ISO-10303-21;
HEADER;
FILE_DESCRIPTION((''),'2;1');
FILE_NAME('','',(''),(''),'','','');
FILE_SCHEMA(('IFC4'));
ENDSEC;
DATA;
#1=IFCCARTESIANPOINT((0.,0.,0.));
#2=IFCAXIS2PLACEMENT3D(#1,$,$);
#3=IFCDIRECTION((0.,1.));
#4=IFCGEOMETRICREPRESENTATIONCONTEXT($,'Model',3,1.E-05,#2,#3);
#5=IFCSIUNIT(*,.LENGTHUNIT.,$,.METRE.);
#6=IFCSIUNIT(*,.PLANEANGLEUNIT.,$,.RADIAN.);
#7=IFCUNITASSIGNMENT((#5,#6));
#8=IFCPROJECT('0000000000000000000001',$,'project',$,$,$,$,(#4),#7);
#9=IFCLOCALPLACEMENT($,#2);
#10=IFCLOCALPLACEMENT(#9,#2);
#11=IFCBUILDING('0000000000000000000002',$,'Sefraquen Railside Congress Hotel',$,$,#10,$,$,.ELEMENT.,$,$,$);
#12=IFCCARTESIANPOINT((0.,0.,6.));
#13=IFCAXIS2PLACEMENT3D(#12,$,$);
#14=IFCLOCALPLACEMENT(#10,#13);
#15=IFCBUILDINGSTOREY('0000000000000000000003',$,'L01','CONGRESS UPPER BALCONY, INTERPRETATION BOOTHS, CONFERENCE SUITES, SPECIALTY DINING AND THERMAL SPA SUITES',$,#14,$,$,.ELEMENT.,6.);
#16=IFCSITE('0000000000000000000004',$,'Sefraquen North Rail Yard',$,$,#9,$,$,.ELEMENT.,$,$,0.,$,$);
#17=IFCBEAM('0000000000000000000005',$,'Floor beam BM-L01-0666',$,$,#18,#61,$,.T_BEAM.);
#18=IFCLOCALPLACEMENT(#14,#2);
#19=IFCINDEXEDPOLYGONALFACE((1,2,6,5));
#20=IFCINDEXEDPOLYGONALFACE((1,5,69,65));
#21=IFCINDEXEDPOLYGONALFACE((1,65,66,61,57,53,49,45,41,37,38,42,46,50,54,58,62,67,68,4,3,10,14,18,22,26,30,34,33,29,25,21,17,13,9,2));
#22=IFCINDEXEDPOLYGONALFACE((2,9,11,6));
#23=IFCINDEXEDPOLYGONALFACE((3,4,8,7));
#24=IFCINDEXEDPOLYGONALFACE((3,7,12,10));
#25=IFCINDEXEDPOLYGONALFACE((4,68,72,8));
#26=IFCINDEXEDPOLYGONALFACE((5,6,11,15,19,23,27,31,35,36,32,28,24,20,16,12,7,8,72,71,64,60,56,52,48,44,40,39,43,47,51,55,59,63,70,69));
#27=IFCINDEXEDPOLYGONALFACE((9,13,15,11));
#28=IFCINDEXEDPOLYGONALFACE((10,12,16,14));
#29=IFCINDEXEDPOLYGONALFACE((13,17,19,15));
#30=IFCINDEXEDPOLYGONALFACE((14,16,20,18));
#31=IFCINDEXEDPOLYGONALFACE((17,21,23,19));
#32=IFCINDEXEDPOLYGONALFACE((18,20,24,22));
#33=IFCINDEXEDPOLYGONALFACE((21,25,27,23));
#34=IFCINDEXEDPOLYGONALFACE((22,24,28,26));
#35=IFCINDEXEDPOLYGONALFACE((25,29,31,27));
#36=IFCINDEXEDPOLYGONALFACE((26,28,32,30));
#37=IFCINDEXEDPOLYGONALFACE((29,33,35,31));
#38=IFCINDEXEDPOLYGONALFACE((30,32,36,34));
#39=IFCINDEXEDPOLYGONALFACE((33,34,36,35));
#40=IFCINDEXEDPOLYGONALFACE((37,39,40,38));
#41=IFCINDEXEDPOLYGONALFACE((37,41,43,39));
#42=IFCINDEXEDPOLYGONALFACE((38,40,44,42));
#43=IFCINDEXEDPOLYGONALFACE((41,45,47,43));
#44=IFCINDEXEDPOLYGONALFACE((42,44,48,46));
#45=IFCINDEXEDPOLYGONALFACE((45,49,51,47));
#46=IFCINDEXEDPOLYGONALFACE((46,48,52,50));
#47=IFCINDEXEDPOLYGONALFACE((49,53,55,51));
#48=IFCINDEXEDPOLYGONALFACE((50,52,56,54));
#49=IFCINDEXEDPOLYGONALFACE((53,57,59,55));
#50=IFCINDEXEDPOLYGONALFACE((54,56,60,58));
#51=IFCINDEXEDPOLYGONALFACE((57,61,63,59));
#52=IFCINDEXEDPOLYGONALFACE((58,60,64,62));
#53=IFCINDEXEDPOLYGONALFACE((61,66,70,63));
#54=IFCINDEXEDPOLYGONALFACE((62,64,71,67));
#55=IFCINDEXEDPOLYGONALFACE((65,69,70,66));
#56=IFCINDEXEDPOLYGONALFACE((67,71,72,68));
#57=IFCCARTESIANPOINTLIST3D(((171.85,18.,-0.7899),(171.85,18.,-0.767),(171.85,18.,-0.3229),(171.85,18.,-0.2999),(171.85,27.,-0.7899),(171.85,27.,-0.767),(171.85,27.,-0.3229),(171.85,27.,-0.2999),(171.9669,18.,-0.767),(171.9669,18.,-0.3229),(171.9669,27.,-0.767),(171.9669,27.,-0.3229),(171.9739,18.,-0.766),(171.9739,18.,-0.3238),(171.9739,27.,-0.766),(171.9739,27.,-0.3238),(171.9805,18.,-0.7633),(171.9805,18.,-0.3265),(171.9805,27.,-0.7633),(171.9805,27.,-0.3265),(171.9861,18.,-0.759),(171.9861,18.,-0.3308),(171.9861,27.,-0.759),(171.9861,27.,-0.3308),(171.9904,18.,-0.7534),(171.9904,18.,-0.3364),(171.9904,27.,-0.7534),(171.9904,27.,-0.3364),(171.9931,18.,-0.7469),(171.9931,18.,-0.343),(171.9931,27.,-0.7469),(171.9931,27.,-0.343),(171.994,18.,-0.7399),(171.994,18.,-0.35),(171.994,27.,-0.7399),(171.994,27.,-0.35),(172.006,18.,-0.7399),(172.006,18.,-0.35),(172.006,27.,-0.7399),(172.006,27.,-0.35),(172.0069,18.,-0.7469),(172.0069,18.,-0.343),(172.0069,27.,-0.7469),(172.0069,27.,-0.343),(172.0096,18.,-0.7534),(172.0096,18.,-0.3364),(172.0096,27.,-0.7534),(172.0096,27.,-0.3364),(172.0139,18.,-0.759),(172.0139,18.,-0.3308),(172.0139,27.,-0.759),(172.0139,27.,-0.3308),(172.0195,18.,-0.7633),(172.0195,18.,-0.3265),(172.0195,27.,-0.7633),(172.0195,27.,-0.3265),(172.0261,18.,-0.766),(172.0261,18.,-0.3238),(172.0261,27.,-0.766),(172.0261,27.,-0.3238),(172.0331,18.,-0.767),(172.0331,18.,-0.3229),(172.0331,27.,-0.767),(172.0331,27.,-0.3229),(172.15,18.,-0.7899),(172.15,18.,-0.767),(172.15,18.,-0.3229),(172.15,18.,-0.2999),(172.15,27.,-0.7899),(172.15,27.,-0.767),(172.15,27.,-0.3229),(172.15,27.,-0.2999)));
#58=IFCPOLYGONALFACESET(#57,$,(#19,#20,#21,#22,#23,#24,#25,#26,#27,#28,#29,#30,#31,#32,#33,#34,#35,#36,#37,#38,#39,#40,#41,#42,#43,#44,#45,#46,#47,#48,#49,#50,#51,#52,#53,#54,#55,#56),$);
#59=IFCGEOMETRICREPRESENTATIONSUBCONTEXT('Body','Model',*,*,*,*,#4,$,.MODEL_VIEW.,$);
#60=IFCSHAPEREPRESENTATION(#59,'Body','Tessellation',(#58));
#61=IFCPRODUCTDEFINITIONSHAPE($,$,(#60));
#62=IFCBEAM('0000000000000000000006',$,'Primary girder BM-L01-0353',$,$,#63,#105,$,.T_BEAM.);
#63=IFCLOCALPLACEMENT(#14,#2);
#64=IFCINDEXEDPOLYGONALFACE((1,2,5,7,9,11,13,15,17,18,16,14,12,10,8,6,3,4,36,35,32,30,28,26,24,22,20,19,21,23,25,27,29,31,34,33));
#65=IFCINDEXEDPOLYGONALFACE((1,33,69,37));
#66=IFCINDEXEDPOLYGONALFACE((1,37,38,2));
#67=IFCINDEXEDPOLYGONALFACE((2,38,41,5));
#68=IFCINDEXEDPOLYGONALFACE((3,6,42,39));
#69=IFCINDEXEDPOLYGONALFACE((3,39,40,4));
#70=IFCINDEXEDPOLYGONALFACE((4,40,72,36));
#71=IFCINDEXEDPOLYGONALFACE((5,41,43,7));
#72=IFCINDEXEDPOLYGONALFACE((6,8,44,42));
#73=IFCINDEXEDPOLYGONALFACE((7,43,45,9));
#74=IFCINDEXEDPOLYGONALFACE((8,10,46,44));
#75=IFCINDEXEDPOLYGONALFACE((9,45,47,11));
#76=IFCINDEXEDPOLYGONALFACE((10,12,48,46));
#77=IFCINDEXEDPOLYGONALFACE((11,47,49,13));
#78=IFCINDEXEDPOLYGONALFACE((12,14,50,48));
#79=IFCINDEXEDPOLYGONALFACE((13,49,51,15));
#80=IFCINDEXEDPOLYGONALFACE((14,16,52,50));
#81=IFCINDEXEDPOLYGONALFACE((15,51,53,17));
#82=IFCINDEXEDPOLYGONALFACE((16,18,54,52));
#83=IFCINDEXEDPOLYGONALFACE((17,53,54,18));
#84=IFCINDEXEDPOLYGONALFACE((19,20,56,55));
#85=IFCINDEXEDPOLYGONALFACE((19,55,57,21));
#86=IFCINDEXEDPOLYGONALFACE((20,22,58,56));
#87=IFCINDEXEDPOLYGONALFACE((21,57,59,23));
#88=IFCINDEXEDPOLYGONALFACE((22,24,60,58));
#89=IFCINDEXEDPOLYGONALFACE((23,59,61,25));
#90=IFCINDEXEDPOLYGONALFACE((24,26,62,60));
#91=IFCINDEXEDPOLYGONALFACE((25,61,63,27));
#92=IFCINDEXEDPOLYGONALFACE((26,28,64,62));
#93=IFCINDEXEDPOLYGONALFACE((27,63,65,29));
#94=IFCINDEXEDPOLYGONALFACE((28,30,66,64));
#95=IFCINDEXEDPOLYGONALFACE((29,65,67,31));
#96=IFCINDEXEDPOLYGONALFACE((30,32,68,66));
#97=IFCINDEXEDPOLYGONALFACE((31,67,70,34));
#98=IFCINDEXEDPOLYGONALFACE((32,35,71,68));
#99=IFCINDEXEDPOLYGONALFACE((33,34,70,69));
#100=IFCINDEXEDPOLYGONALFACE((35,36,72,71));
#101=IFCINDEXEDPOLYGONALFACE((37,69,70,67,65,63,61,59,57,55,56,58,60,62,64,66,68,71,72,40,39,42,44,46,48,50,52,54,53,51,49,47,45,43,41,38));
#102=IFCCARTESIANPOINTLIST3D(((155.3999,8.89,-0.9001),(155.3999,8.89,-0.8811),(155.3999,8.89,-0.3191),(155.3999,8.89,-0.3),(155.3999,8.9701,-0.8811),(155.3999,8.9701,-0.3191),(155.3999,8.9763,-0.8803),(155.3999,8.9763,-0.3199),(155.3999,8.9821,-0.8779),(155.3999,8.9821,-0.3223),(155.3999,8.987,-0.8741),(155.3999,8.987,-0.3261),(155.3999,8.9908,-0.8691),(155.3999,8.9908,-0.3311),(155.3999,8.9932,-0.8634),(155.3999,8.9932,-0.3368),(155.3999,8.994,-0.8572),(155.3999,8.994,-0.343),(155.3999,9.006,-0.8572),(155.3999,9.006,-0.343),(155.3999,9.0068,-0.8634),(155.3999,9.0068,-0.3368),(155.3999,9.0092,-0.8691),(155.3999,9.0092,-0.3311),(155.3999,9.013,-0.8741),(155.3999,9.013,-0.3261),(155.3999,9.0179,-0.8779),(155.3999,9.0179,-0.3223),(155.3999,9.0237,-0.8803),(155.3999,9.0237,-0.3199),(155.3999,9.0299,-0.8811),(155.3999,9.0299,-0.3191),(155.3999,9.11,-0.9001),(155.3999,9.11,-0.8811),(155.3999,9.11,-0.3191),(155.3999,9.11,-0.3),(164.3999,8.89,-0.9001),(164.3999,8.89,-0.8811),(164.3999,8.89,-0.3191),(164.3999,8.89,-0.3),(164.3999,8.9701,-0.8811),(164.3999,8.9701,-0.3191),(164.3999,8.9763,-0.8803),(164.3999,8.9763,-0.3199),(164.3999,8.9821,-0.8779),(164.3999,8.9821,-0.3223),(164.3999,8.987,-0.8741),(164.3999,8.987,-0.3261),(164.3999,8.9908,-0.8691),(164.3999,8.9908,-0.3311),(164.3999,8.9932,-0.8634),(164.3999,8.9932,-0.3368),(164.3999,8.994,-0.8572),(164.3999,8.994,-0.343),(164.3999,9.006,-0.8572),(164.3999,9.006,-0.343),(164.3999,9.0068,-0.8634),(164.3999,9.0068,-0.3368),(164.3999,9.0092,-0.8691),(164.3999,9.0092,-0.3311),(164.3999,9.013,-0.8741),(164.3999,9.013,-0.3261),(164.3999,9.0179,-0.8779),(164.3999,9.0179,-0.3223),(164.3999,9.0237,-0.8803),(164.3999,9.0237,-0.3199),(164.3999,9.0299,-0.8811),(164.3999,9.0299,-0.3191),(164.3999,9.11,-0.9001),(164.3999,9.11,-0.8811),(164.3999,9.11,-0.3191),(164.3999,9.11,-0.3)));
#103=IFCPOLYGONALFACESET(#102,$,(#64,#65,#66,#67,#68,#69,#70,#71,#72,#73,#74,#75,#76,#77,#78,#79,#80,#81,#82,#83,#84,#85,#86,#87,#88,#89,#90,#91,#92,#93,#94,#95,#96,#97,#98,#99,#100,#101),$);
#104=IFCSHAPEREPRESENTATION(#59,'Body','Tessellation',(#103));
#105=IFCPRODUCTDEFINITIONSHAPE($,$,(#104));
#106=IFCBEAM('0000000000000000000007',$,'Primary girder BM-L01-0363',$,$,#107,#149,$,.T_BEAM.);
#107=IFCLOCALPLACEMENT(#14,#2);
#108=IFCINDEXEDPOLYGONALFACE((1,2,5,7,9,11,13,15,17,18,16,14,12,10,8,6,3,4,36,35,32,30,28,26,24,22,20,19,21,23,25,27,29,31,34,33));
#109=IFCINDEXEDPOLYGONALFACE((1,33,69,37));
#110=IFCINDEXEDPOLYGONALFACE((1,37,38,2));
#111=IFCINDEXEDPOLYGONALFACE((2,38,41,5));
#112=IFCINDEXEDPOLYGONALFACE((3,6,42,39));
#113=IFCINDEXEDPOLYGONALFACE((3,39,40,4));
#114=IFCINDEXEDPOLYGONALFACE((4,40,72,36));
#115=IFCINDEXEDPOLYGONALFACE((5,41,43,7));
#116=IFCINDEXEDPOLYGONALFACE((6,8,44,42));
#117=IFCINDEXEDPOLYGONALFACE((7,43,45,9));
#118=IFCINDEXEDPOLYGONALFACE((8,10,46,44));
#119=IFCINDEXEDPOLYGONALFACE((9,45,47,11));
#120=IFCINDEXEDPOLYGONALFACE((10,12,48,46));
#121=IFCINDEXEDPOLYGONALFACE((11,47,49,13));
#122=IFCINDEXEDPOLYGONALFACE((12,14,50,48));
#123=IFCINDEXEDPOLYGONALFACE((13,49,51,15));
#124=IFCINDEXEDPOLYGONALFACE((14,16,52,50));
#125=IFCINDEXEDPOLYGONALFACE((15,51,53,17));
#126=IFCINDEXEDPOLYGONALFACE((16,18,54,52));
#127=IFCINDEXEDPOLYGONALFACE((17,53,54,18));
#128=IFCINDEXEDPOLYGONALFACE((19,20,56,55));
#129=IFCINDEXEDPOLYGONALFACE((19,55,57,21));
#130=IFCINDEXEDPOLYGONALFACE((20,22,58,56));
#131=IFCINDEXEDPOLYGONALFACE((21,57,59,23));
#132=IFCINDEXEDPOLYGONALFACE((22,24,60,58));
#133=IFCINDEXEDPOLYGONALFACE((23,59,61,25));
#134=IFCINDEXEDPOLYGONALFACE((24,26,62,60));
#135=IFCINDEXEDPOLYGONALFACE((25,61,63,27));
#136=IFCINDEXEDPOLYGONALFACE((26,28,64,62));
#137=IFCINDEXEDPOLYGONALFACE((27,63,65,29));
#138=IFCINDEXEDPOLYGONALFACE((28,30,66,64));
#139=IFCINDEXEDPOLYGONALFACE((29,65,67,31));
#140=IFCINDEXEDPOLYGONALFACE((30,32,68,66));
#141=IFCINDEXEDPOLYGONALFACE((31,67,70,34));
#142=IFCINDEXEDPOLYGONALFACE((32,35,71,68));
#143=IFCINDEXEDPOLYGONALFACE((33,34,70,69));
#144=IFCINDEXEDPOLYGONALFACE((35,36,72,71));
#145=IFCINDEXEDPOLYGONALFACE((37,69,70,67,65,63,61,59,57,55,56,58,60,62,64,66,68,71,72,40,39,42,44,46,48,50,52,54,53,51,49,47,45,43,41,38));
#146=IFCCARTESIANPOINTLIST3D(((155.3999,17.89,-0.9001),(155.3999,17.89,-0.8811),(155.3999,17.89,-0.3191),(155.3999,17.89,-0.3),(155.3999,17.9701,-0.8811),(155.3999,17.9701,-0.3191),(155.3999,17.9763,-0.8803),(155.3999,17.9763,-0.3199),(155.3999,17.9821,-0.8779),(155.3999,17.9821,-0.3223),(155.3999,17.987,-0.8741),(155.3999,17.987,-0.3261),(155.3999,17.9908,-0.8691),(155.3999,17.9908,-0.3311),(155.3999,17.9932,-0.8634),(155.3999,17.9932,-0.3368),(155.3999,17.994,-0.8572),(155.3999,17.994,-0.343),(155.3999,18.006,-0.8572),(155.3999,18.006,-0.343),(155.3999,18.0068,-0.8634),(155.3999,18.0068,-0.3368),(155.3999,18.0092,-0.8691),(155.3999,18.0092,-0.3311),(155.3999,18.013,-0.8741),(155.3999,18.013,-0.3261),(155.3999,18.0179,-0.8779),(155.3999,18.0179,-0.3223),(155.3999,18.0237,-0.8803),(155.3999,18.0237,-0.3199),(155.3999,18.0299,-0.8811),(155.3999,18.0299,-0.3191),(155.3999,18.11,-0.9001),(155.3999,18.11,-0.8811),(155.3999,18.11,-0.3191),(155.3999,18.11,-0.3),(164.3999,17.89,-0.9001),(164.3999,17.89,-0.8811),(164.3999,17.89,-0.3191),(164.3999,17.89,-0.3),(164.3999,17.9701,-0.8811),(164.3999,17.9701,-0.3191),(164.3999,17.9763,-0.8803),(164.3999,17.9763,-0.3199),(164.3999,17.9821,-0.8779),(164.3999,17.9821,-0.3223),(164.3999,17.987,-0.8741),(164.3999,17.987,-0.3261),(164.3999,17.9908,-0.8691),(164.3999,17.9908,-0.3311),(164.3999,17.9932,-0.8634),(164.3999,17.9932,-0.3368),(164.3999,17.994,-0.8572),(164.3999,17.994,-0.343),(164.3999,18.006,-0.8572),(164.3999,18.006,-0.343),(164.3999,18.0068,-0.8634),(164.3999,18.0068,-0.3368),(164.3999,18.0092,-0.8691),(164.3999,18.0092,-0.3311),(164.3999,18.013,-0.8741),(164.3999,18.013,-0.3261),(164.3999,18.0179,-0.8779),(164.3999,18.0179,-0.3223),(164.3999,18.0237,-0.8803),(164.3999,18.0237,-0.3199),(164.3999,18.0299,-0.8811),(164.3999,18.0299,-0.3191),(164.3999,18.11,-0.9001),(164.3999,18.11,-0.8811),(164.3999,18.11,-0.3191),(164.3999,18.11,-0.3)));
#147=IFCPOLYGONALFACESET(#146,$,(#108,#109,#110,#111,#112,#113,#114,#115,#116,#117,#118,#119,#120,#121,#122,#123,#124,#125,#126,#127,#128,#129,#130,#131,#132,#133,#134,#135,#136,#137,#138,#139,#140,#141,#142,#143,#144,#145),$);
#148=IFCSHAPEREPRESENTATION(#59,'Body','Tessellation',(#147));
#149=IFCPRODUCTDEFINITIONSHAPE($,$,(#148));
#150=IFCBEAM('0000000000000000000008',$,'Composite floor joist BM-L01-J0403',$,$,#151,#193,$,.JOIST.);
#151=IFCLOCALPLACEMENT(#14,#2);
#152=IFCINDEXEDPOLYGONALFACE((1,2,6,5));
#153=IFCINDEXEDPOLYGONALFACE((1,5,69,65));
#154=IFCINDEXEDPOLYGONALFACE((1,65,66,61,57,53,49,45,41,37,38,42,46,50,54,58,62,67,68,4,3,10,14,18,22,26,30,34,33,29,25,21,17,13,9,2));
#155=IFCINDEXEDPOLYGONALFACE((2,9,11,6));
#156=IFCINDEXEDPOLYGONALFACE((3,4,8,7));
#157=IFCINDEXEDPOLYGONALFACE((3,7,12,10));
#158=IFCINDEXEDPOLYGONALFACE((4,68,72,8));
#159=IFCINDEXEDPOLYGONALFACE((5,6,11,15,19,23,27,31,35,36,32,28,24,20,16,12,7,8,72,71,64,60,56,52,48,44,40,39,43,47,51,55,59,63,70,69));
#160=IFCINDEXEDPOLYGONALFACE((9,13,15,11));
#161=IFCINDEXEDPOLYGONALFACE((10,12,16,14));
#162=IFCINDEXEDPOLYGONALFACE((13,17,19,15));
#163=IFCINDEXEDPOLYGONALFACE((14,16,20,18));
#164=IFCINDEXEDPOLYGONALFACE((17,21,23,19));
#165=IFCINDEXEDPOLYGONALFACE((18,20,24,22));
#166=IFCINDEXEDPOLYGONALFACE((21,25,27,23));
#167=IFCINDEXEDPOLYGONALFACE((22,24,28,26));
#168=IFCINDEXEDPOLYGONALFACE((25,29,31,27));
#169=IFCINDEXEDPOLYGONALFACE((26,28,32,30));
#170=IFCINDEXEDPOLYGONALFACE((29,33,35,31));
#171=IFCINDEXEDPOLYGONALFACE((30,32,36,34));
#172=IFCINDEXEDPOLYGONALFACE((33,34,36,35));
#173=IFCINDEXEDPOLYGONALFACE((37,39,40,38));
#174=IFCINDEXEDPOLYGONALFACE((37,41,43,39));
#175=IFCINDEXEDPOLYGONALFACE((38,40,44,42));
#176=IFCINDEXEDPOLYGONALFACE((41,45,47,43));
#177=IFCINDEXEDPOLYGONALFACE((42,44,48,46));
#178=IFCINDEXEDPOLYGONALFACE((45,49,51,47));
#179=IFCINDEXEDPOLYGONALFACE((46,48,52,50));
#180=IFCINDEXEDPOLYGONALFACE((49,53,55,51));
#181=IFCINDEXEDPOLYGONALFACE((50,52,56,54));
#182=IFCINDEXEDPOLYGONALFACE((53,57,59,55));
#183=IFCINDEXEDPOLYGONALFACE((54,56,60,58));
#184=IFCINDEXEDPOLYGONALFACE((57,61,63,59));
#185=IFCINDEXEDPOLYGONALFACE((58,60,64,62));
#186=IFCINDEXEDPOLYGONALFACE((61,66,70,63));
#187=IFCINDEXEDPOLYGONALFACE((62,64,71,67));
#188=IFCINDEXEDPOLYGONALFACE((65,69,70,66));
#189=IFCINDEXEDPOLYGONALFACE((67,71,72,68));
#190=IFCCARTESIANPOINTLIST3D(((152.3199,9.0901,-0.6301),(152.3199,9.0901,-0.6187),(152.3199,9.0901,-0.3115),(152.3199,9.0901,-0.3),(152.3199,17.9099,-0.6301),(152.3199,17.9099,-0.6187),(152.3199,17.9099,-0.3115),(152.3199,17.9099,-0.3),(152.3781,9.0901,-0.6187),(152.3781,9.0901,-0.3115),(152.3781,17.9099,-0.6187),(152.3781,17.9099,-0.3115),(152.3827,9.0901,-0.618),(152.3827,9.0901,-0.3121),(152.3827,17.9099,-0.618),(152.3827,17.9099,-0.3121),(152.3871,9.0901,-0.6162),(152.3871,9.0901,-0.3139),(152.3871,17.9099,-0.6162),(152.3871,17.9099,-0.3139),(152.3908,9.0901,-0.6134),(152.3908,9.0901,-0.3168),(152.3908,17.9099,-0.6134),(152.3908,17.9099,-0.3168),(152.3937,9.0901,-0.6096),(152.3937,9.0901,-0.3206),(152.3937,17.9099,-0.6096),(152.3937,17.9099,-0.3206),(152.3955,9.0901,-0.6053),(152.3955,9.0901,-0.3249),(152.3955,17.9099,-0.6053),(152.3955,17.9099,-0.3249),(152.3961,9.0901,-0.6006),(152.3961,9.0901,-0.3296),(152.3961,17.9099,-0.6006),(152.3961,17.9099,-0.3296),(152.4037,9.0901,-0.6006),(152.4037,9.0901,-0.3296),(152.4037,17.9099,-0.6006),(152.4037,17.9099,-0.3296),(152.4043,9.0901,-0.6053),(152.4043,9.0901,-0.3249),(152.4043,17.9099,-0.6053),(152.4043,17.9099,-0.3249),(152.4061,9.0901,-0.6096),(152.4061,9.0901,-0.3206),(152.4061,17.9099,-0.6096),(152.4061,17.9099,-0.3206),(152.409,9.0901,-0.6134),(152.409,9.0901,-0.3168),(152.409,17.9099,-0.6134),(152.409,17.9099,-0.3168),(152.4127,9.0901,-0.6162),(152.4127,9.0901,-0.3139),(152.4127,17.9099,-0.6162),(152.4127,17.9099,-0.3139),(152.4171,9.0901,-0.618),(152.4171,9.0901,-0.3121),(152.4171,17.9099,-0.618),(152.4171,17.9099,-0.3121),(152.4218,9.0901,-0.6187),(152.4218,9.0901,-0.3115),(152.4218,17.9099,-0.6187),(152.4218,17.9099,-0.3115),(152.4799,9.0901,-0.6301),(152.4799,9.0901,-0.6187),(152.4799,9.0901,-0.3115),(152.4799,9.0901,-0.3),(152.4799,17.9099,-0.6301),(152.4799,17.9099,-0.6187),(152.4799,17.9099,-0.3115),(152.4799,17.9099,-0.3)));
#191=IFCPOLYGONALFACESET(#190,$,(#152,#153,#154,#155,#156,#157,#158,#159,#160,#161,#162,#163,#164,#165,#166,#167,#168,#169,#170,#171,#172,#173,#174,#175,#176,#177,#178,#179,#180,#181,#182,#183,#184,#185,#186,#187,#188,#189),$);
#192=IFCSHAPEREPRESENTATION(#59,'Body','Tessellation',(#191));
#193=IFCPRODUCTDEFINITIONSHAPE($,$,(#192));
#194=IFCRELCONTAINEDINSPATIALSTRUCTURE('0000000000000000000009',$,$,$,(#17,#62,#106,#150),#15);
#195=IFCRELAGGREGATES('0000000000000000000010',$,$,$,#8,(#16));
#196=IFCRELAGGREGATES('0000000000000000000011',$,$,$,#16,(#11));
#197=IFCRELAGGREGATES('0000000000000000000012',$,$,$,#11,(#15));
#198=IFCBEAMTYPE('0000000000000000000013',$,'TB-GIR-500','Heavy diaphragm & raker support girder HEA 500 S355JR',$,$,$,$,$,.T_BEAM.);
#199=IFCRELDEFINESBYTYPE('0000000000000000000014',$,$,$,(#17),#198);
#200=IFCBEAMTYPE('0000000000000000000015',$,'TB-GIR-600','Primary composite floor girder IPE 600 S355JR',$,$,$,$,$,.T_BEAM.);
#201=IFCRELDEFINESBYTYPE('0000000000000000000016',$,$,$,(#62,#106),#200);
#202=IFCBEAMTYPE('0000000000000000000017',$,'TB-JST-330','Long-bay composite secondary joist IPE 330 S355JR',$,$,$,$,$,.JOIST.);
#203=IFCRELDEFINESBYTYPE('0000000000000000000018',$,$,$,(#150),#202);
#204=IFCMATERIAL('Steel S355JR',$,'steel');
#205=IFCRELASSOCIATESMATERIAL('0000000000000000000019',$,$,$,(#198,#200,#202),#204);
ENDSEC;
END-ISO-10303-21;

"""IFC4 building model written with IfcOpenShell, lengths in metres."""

from ifc_helpers import new_model, si_unit, direction, frame, origin, origin_2d, place, context, subcontext, project, spatial, i_section, extrude, material, material_profile, profile_set, type_object, element, save


model = new_model("IFC4")

# Units and contexts
model_context = context("Model", 3, precision=1e-05, world=origin(), true_north=direction((0.0, 1.0)))
body_context = subcontext(model_context, "Body", "Model", "MODEL_VIEW")
ifc_project = project(units=[si_unit("LENGTHUNIT", "METRE"), si_unit("PLANEANGLEUNIT", "RADIAN")], contexts=[model_context])

# Site, building, storey
site_placement = place(None, origin())
site = spatial("IfcSite", under=ifc_project, at=site_placement, Name="Sefraquen North Rail Yard", CompositionType="ELEMENT", RefElevation=0.0)
building_placement = place(site_placement, origin())
building = spatial("IfcBuilding", under=site, at=building_placement, Name="Sefraquen Railside Congress Hotel", CompositionType="ELEMENT")
storey_placement = place(building_placement, frame((0.0, 0.0, 6.0)))
storey = spatial("IfcBuildingStorey", under=building, at=storey_placement, Name="L01", Description="CONGRESS UPPER BALCONY, INTERPRETATION BOOTHS, CONFERENCE SUITES, SPECIALTY DINING AND THERMAL SPA SUITES", CompositionType="ELEMENT", Elevation=6.0)

# Shared definitions
ifc_material_1 = material(Name="Steel S355JR", Category="steel")

# Beams
ifc_material_profile_1 = material_profile(ifc_material_1, i_section(OverallWidth=0.3, OverallDepth=0.49, WebThickness=0.012, FlangeThickness=0.0229, FilletRadius=0.0271, at=origin_2d()), Name="HEA 500")
ifc_profile_set_1 = profile_set([ifc_material_profile_1], Name="Steel S355JR")
beam_type_1 = type_object("IfcBeamType", Name="TB-GIR-500", Description="Heavy diaphragm & raker support girder HEA 500 S355JR", PredefinedType="T_BEAM", material=ifc_profile_set_1)
for number, where, z_axis, x_axis, name in (
    (1, (172.0, 18.0, -0.5449), (0.0, 1.0, 0.0), (-1.0, 0.0, 0.0), "Floor beam BM-L01-0666"),
):
    element("IfcBeam", number, at=place(storey_placement, frame(where, z_axis=z_axis, x_axis=x_axis)), inside=storey, type_object=beam_type_1, Name=name, PredefinedType="T_BEAM", context=body_context, shape_type="SweptSolid", body=[
        extrude(i_section(OverallWidth=0.3, OverallDepth=0.49, WebThickness=0.012, FlangeThickness=0.0229, FilletRadius=0.0271, at=origin_2d()), origin(), (0.0, 0.0, 1.0), 9.0),
    ])
ifc_material_profile_2 = material_profile(ifc_material_1, i_section(OverallWidth=0.22, OverallDepth=0.6001, WebThickness=0.012, FlangeThickness=0.019, FilletRadius=0.0239, at=origin_2d()), Name="IPE 600")
ifc_profile_set_2 = profile_set([ifc_material_profile_2], Name="Steel S355JR")
beam_type_2 = type_object("IfcBeamType", Name="TB-GIR-600", Description="Primary composite floor girder IPE 600 S355JR", PredefinedType="T_BEAM", material=ifc_profile_set_2)
for number, where, z_axis, x_axis, name in (
    (2, (155.3999, 9.0, -0.6001), (1.0, 0.0, 0.0), (0.0, 1.0, 0.0), "Primary girder BM-L01-0353"),
    (3, (155.3999, 18.0, -0.6001), (1.0, 0.0, 0.0), (0.0, 1.0, 0.0), "Primary girder BM-L01-0363"),
):
    element("IfcBeam", number, at=place(storey_placement, frame(where, z_axis=z_axis, x_axis=x_axis)), inside=storey, type_object=beam_type_2, Name=name, PredefinedType="T_BEAM", context=body_context, shape_type="SweptSolid", body=[
        extrude(i_section(OverallWidth=0.22, OverallDepth=0.6001, WebThickness=0.012, FlangeThickness=0.019, FilletRadius=0.0239, at=origin_2d()), origin(), (0.0, 0.0, 1.0), 9.0),
    ])
ifc_material_profile_3 = material_profile(ifc_material_1, i_section(OverallWidth=0.1599, OverallDepth=0.3301, WebThickness=0.0076, FlangeThickness=0.0115, FilletRadius=0.0181, at=origin_2d()), Name="IPE 330")
ifc_profile_set_3 = profile_set([ifc_material_profile_3], Name="Steel S355JR")
beam_type_3 = type_object("IfcBeamType", Name="TB-JST-330", Description="Long-bay composite secondary joist IPE 330 S355JR", PredefinedType="JOIST", material=ifc_profile_set_3)
for number, where, z_axis, x_axis, name in (
    (4, (152.3999, 9.0901, -0.4651), (0.0, 1.0, 0.0), (-1.0, 0.0, 0.0), "Composite floor joist BM-L01-J0403"),
):
    element("IfcBeam", number, at=place(storey_placement, frame(where, z_axis=z_axis, x_axis=x_axis)), inside=storey, type_object=beam_type_3, Name=name, PredefinedType="JOIST", context=body_context, shape_type="SweptSolid", body=[
        extrude(i_section(OverallWidth=0.1599, OverallDepth=0.3301, WebThickness=0.0076, FlangeThickness=0.0115, FilletRadius=0.0181, at=origin_2d()), origin(), (0.0, 0.0, 1.0), 8.8198),
    ])

save(model, "model.ifc")
